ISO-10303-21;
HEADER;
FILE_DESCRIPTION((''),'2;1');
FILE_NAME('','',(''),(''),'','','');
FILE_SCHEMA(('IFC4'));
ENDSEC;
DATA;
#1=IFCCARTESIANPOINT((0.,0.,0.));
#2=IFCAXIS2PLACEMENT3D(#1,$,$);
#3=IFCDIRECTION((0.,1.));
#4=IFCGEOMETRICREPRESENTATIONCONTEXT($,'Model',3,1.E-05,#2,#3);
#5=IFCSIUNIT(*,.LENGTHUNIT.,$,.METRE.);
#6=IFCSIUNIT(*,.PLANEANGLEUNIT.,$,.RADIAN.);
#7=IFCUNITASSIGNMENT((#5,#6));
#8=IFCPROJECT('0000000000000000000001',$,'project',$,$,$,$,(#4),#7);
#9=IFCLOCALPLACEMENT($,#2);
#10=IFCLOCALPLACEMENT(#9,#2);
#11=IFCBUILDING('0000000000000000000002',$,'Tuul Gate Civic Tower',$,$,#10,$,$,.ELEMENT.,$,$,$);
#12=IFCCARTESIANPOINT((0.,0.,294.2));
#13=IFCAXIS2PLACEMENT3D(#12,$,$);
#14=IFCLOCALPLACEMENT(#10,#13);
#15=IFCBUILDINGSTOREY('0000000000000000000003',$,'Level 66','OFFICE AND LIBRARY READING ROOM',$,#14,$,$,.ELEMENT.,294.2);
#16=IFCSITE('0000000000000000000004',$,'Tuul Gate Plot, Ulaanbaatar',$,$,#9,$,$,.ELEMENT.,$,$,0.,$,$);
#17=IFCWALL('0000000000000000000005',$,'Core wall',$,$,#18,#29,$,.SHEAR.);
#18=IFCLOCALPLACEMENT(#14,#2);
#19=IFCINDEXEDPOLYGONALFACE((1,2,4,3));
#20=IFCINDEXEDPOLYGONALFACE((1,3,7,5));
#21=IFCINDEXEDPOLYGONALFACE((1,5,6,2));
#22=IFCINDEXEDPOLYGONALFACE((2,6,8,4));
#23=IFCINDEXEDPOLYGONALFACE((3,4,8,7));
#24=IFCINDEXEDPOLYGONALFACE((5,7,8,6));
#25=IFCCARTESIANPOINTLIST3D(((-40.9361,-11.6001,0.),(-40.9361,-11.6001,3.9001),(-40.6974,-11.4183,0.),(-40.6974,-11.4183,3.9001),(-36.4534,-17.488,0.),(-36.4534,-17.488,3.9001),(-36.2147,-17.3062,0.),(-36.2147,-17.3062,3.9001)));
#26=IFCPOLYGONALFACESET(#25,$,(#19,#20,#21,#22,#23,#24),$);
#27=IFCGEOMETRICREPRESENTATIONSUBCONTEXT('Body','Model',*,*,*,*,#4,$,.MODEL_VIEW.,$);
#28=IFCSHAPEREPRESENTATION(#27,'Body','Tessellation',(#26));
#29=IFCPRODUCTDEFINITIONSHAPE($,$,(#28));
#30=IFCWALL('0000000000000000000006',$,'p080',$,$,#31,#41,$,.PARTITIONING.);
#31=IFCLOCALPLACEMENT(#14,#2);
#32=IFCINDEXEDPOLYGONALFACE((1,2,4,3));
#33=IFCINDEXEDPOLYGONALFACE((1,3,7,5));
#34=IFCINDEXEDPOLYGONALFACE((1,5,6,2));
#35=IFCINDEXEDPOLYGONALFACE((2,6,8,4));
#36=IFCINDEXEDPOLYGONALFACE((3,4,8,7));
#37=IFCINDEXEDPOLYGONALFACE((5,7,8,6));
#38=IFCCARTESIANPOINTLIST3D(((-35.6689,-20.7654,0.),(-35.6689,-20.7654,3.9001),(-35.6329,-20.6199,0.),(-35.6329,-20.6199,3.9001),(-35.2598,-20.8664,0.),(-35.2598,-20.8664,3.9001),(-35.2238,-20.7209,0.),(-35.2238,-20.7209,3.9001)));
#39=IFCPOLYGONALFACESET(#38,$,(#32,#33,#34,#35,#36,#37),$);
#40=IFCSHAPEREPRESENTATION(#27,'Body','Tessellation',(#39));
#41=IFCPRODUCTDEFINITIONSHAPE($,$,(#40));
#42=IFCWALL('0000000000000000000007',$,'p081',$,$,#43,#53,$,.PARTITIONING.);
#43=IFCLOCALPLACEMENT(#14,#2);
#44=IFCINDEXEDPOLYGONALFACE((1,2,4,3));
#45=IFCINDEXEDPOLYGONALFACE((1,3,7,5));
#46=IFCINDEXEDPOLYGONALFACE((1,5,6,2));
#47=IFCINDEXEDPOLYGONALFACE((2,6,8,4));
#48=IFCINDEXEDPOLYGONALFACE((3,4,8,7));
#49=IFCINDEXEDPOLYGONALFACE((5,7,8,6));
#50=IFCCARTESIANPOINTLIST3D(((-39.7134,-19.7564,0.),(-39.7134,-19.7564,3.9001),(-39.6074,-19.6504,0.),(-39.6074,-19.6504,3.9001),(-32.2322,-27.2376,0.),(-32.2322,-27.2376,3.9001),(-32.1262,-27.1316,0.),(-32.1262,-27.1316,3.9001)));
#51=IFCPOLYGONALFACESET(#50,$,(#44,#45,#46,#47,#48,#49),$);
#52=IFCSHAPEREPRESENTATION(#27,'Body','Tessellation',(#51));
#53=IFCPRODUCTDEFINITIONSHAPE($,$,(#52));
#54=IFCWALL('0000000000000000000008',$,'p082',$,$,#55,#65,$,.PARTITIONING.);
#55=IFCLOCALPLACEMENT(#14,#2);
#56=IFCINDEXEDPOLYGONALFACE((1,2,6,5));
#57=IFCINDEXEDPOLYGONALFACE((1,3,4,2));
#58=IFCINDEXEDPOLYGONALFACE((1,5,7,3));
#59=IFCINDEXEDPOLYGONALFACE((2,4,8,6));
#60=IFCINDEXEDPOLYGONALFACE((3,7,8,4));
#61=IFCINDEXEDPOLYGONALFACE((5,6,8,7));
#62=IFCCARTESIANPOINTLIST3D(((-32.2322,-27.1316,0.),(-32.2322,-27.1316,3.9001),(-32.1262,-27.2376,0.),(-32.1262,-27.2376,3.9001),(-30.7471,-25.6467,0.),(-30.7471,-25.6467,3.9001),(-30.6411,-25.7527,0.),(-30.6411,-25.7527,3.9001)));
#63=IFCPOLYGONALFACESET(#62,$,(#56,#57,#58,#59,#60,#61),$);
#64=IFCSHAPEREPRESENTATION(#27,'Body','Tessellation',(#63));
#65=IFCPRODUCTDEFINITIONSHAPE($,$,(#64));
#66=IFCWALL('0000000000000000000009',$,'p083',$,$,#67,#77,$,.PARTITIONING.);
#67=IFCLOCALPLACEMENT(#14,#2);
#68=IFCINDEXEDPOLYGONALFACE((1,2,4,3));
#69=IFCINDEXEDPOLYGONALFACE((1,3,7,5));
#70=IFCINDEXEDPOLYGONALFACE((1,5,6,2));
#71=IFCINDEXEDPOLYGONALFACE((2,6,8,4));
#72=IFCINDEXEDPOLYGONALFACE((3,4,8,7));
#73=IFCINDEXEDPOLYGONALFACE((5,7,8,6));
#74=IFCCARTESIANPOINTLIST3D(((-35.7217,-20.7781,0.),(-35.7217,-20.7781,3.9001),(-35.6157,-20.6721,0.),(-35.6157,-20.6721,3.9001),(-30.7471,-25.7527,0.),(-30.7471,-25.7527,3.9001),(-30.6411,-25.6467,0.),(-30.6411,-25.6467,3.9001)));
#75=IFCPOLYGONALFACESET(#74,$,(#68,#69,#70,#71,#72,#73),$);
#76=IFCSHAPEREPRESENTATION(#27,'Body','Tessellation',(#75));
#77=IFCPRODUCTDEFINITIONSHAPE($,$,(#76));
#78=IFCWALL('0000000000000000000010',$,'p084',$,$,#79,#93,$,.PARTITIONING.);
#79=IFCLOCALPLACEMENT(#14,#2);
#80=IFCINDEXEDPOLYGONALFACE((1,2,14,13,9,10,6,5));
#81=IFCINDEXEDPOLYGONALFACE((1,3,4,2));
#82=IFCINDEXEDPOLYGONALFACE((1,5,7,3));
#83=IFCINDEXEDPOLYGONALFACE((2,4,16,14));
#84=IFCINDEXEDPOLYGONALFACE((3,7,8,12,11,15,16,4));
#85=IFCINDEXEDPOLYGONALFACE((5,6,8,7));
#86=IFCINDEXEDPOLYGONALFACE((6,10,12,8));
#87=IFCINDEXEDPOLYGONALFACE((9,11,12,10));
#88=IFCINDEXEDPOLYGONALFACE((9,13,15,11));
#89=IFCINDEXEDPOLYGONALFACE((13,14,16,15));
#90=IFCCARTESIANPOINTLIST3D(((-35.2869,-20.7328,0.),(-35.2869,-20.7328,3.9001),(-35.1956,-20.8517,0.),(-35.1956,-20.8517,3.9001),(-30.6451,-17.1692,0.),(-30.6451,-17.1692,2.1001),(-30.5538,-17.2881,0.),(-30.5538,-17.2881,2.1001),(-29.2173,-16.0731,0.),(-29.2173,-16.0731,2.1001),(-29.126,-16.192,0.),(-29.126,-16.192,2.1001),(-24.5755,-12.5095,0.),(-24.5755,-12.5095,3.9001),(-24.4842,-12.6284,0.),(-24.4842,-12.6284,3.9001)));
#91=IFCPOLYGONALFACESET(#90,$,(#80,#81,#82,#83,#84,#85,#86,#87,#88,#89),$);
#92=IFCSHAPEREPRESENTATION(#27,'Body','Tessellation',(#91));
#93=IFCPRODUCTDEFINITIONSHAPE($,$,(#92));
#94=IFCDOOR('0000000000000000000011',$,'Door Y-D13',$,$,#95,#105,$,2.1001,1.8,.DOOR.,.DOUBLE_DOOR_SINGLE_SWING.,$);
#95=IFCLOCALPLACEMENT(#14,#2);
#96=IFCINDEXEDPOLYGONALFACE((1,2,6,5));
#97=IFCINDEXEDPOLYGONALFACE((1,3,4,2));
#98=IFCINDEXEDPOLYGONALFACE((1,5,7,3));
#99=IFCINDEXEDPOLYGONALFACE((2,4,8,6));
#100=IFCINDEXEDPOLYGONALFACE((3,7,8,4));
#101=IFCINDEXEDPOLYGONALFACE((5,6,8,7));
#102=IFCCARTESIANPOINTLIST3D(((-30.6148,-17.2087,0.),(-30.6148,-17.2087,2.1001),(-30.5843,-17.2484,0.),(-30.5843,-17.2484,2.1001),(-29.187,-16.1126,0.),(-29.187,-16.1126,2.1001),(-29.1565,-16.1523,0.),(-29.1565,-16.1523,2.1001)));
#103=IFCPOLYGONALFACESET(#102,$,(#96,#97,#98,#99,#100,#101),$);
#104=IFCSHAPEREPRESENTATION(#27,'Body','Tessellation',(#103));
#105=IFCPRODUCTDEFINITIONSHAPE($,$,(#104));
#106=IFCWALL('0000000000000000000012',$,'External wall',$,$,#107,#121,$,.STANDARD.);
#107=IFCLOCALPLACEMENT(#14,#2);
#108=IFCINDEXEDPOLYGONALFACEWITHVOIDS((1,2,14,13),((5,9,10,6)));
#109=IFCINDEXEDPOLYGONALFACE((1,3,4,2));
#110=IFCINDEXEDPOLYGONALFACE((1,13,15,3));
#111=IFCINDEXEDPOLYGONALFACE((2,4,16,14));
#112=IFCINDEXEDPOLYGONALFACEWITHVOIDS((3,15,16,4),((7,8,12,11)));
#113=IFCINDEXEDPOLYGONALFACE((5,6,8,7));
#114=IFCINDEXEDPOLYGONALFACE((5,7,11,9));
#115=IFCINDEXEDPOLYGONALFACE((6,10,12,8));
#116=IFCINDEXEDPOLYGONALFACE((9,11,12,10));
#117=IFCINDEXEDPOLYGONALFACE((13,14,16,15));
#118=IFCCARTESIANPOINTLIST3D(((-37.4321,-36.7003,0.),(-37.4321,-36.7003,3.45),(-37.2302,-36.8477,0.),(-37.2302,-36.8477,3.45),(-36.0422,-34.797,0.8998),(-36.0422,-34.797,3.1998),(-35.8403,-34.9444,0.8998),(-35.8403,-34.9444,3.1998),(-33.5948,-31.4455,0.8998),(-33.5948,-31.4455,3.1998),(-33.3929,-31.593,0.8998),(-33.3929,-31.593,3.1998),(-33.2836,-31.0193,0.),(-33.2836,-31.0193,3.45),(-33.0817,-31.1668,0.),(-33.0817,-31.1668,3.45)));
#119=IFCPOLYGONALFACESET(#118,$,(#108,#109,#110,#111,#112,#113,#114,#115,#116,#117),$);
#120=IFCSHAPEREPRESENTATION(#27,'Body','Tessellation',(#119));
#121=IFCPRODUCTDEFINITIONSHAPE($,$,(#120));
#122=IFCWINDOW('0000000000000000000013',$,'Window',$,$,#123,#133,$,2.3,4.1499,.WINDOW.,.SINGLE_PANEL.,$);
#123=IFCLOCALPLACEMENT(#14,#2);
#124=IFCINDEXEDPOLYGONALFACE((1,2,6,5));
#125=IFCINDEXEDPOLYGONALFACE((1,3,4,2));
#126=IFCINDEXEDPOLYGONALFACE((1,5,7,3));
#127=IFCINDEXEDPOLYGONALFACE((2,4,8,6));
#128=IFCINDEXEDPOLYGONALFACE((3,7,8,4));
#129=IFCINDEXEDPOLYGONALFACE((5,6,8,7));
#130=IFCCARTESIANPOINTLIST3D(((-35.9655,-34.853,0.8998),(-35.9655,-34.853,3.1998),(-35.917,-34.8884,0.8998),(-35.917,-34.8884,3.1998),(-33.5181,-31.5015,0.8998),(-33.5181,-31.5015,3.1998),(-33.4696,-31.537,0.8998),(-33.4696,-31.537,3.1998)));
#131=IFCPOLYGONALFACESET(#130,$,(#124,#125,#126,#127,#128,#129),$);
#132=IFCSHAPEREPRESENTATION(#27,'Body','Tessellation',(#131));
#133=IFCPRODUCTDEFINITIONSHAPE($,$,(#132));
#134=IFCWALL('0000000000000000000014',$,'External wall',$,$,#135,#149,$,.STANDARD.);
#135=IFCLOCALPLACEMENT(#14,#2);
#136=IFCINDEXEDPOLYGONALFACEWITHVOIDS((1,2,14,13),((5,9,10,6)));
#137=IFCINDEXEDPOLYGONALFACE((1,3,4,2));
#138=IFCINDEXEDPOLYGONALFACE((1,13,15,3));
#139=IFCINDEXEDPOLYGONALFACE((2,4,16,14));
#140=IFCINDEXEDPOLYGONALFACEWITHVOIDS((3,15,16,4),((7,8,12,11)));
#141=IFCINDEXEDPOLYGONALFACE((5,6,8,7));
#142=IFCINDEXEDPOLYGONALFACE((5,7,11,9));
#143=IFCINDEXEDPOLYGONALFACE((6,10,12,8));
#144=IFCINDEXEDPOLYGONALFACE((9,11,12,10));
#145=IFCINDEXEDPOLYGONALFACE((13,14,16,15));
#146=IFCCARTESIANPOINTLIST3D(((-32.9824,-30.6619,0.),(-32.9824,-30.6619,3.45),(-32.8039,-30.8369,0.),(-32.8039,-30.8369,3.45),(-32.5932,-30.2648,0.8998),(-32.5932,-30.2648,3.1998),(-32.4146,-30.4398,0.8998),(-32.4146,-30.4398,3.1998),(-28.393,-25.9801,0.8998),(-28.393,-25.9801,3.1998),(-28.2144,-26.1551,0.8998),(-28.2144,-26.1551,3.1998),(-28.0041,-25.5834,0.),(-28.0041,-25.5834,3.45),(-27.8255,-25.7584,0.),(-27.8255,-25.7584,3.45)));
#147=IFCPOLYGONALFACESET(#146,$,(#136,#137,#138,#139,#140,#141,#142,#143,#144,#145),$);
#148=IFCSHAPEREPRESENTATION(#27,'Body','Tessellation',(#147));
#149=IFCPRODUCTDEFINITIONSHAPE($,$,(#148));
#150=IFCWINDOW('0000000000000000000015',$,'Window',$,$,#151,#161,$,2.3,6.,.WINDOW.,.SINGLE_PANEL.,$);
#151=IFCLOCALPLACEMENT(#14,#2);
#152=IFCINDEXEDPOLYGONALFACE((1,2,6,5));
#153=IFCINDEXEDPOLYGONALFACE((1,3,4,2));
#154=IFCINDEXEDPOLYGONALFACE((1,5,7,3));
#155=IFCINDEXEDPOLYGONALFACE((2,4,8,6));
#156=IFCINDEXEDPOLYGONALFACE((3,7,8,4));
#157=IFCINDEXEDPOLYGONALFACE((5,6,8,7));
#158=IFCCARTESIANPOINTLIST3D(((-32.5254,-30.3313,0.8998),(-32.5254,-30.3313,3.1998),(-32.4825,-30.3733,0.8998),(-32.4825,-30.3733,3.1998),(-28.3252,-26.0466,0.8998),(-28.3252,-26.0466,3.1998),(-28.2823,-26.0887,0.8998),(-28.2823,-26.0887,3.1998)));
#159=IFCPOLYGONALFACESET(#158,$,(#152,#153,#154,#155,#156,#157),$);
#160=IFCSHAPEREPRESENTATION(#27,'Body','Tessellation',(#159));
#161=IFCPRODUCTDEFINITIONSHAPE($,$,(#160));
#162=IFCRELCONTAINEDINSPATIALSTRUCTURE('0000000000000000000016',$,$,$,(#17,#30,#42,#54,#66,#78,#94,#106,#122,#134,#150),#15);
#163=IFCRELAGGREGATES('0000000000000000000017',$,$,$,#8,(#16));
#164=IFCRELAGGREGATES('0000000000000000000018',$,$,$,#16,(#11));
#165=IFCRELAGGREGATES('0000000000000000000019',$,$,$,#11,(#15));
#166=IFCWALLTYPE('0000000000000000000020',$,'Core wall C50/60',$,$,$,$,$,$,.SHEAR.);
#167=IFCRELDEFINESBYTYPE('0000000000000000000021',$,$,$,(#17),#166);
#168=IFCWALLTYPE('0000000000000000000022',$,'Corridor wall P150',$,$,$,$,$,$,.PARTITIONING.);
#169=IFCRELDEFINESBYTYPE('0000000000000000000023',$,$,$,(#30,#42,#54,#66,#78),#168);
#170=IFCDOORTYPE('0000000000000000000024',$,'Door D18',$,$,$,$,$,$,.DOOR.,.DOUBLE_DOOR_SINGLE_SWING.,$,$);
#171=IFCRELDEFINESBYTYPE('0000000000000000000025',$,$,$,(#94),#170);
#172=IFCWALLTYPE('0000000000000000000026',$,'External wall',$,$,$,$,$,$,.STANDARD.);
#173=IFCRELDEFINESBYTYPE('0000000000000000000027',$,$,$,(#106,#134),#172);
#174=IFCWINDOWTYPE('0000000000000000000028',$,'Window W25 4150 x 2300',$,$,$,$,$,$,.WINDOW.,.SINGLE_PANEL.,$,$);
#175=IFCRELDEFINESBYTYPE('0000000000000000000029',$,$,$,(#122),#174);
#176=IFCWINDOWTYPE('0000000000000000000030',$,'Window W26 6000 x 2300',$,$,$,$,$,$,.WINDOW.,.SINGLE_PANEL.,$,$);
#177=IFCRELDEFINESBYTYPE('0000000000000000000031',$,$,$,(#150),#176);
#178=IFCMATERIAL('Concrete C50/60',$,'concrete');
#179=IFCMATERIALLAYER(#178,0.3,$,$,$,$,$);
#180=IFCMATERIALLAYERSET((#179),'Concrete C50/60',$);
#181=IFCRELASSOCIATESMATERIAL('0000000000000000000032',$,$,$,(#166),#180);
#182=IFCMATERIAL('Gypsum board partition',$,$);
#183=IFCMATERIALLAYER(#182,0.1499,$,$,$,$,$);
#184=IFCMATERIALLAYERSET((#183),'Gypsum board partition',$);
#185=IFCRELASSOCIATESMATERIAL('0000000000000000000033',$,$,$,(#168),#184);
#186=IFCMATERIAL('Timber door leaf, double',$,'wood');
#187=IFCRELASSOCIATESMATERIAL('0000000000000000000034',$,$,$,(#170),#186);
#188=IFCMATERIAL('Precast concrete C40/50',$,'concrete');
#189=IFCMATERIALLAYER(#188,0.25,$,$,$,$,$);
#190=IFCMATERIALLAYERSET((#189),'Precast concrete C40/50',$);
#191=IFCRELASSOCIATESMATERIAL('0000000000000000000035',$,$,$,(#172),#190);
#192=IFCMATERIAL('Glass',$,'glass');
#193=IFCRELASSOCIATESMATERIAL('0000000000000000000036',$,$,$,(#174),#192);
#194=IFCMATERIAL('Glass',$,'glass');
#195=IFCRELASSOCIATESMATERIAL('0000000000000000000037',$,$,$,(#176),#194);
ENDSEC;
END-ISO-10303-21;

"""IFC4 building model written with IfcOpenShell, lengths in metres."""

from ifc_helpers import new_model, si_unit, direction, frame, frame_2d, origin, place, context, subcontext, project, spatial, rectangle, extrude, material, layer, layer_set, type_object, element, fill, save


model = new_model("IFC4")

# Units and contexts
model_context = context("Model", 3, precision=1e-05, world=origin(), true_north=direction((0.0, 1.0)))
body_context = subcontext(model_context, "Body", "Model", "MODEL_VIEW")
ifc_project = project(units=[si_unit("LENGTHUNIT", "METRE"), si_unit("PLANEANGLEUNIT", "RADIAN")], contexts=[model_context])

# Site, building, storey
site_placement = place(None, origin())
site = spatial("IfcSite", under=ifc_project, at=site_placement, Name="Tuul Gate Plot, Ulaanbaatar", CompositionType="ELEMENT", RefElevation=0.0)
building_placement = place(site_placement, origin())
building = spatial("IfcBuilding", under=site, at=building_placement, Name="Tuul Gate Civic Tower", CompositionType="ELEMENT")
storey_placement = place(building_placement, frame((0.0, 0.0, 294.2)))
storey = spatial("IfcBuildingStorey", under=building, at=storey_placement, Name="Level 66", Description="OFFICE AND LIBRARY READING ROOM", CompositionType="ELEMENT", Elevation=294.2)

# Walls
ifc_material_1 = material(Name="Concrete C50/60", Category="concrete")
ifc_layer_1 = layer(ifc_material_1, 0.3)
ifc_layer_set_1 = layer_set([ifc_layer_1], Name="Concrete C50/60")
wall_type_1 = type_object("IfcWallType", Name="Core wall C50/60", PredefinedType="SHEAR", material=ifc_layer_set_1)
wall_1_placement = place(storey_placement, frame((-36.334, -17.3972, 0.0), z_axis=(0.0, 0.0, 1.0), x_axis=(-0.605754, 0.795652, 0.0)))
element("IfcWall", 1, at=wall_1_placement, inside=storey, type_object=wall_type_1, Name="Core wall", PredefinedType="SHEAR", context=body_context, shape_type="SweptSolid", body=[
    extrude(rectangle(XDim=7.4001, YDim=0.3, at=frame_2d((3.7002, 0.0))), origin(), (0.0, 0.0, 1.0), 3.9001),
])
ifc_material_2 = material(Name="Gypsum board partition")
ifc_layer_2 = layer(ifc_material_2, 0.1499)
ifc_layer_set_2 = layer_set([ifc_layer_2], Name="Gypsum board partition")
wall_type_2 = type_object("IfcWallType", Name="Corridor wall P150", PredefinedType="PARTITIONING", material=ifc_layer_set_2)
wall_2_placement = place(storey_placement, frame((-35.6509, -20.6926, 0.0), z_axis=(0.0, 0.0, 1.0), x_axis=(0.97082, -0.239809, 0.0)))
element("IfcWall", 2, at=wall_2_placement, inside=storey, type_object=wall_type_2, Name="p080", PredefinedType="PARTITIONING", context=body_context, shape_type="SweptSolid", body=[
    extrude(rectangle(XDim=0.4214, YDim=0.1499, at=frame_2d((0.2107, 0.0))), origin(), (0.0, 0.0, 1.0), 3.9001),
])
wall_3_placement = place(storey_placement, frame((-39.6604, -19.7034, 0.0), z_axis=(0.0, 0.0, 1.0), x_axis=(0.707107, -0.707107, 0.0)))
element("IfcWall", 3, at=wall_3_placement, inside=storey, type_object=wall_type_2, Name="p081", PredefinedType="PARTITIONING", context=body_context, shape_type="SweptSolid", body=[
    extrude(rectangle(XDim=10.5801, YDim=0.1499, at=frame_2d((5.29, 0.0))), origin(), (0.0, 0.0, 1.0), 3.9001),
])
wall_4_placement = place(storey_placement, frame((-32.1792, -27.1846, 0.0), z_axis=(0.0, 0.0, 1.0), x_axis=(0.707165, 0.707049, 0.0)))
element("IfcWall", 4, at=wall_4_placement, inside=storey, type_object=wall_type_2, Name="p082", PredefinedType="PARTITIONING", context=body_context, shape_type="SweptSolid", body=[
    extrude(rectangle(XDim=2.1001, YDim=0.1499, at=frame_2d((1.05, 0.0))), origin(), (0.0, 0.0, 1.0), 3.9001),
])
wall_5_placement = place(storey_placement, frame((-35.6687, -20.7251, 0.0), z_axis=(0.0, 0.0, 1.0), x_axis=(0.707107, -0.707107, 0.0)))
element("IfcWall", 5, at=wall_5_placement, inside=storey, type_object=wall_type_2, Name="p083", PredefinedType="PARTITIONING", context=body_context, shape_type="SweptSolid", body=[
    extrude(rectangle(XDim=7.0352, YDim=0.1499, at=frame_2d((3.5176, 0.0))), origin(), (0.0, 0.0, 1.0), 3.9001),
])

# Wall, opening, door
wall_6_placement = place(storey_placement, frame((-35.2412, -20.7922, 0.0), z_axis=(0.0, 0.0, 1.0), x_axis=(0.793202, 0.608958, 0.0)))
wall_6 = element("IfcWall", 6, at=wall_6_placement, inside=storey, type_object=wall_type_2, Name="p084", PredefinedType="PARTITIONING", context=body_context, shape_type="SweptSolid", body=[
    extrude(rectangle(XDim=13.5039, YDim=0.1499, at=frame_2d((6.752, 0.0))), origin(), (0.0, 0.0, 1.0), 3.9001),
])
opening_1_placement = place(wall_6_placement, frame((5.8521, 0.0, 0.0)))
opening_1 = element("IfcOpeningElement", 7, at=opening_1_placement, cuts=wall_6, PredefinedType="OPENING", context=body_context, shape_type="SweptSolid", body=[
    extrude(rectangle(XDim=1.8, YDim=2.1001, at=frame_2d((0.8999, 1.05))), frame((0.0, 0.085, 0.0), z_axis=(0.0, -1.0, 0.0), x_axis=(1.0, 0.0, 0.0)), (0.0, 0.0, 1.0), 0.1699),
])
ifc_material_3 = material(Name="Timber door leaf, double", Category="wood")
door_type = type_object("IfcDoorType", Name="Door D18", OperationType="DOUBLE_DOOR_SINGLE_SWING", PredefinedType="DOOR", material=ifc_material_3)
door_placement = place(opening_1_placement, frame((1.8, 0.0, 0.0), z_axis=(0.0, 0.0, 1.0), x_axis=(-1.0, 0.0, 0.0)))
door = element("IfcDoor", 8, at=door_placement, inside=storey, type_object=door_type, Name="Door Y-D13", OperationType="DOUBLE_DOOR_SINGLE_SWING", OverallHeight=2.1001, OverallWidth=1.8, PredefinedType="DOOR", context=body_context, shape_type="SweptSolid", body=[
    extrude(rectangle(XDim=1.8, YDim=2.1001, at=frame_2d((0.9001, 1.05))), frame((0.0, 0.0249, 0.0), z_axis=(0.0, -1.0, 0.0), x_axis=(1.0, 0.0, 0.0)), (0.0, 0.0, 1.0), 0.05),
])
fill(opening_1, door)

# Walls, openings, windows
ifc_material_4 = material(Name="Precast concrete C40/50", Category="concrete")
ifc_layer_3 = layer(ifc_material_4, 0.25)
ifc_layer_set_3 = layer_set([ifc_layer_3], Name="Precast concrete C40/50")
wall_type_3 = type_object("IfcWallType", Name="External wall", PredefinedType="STANDARD", material=ifc_layer_set_3)
wall_7_placement = place(storey_placement, frame((-37.3311, -36.7739, 0.0), z_axis=(0.0, 0.0, 1.0), x_axis=(0.589739, 0.807594, 0.0)))
wall_7 = element("IfcWall", 9, at=wall_7_placement, inside=storey, type_object=wall_type_3, Name="External wall", PredefinedType="STANDARD", context=body_context, shape_type="SweptSolid", body=[
    extrude(rectangle(XDim=7.0344, YDim=0.25, at=frame_2d((3.5171, 0.0))), origin(), (0.0, 0.0, 1.0), 3.45),
])
opening_2_placement = place(wall_7_placement, frame((2.3567, 0.0, 0.8999)))
opening_2 = element("IfcOpeningElement", 10, at=opening_2_placement, cuts=wall_7, PredefinedType="OPENING", context=body_context, shape_type="SweptSolid", body=[
    extrude(rectangle(XDim=4.1499, YDim=2.3, at=frame_2d((2.075, 1.1499))), frame((0.0, 0.135, 0.0), z_axis=(0.0, -1.0, 0.0), x_axis=(1.0, 0.0, 0.0)), (0.0, 0.0, 1.0), 0.27),
])
ifc_material_5 = material(Name="Glass", Category="glass")
window_type_1 = type_object("IfcWindowType", Name="Window W25 4150 x 2300", PartitioningType="SINGLE_PANEL", PredefinedType="WINDOW", material=ifc_material_5)
window_1_placement = place(opening_2_placement, origin())
window_1 = element("IfcWindow", 11, at=window_1_placement, inside=storey, type_object=window_type_1, Name="Window", OverallHeight=2.3, OverallWidth=4.1499, PartitioningType="SINGLE_PANEL", PredefinedType="WINDOW", context=body_context, shape_type="SweptSolid", body=[
    extrude(rectangle(XDim=4.1499, YDim=2.3, at=frame_2d((2.075, 1.1499))), frame((0.0, 0.03, 0.0), z_axis=(0.0, -1.0, 0.0), x_axis=(1.0, 0.0, 0.0)), (0.0, 0.0, 1.0), 0.0601),
])
fill(opening_2, window_1)
wall_8_placement = place(storey_placement, frame((-32.8931, -30.7493, 0.0), z_axis=(0.0, 0.0, 1.0), x_axis=(0.700034, 0.71411, 0.0)))
wall_8 = element("IfcWall", 12, at=wall_8_placement, inside=storey, type_object=wall_type_3, Name="External wall", PredefinedType="STANDARD", context=body_context, shape_type="SweptSolid", body=[
    extrude(rectangle(XDim=7.1116, YDim=0.25, at=frame_2d((3.5557, 0.0))), origin(), (0.0, 0.0, 1.0), 3.45),
])
opening_3_placement = place(wall_8_placement, frame((0.5559, 0.0, 0.8999)))
opening_3 = element("IfcOpeningElement", 13, at=opening_3_placement, cuts=wall_8, PredefinedType="OPENING", context=body_context, shape_type="SweptSolid", body=[
    extrude(rectangle(XDim=6.0, YDim=2.3, at=frame_2d((3.0, 1.1499))), frame((0.0, 0.135, 0.0), z_axis=(0.0, -1.0, 0.0), x_axis=(1.0, 0.0, 0.0)), (0.0, 0.0, 1.0), 0.27),
])
ifc_material_6 = material(Name="Glass", Category="glass")
window_type_2 = type_object("IfcWindowType", Name="Window W26 6000 x 2300", PartitioningType="SINGLE_PANEL", PredefinedType="WINDOW", material=ifc_material_6)
window_2_placement = place(opening_3_placement, origin())
window_2 = element("IfcWindow", 14, at=window_2_placement, inside=storey, type_object=window_type_2, Name="Window", OverallHeight=2.3, OverallWidth=6.0, PartitioningType="SINGLE_PANEL", PredefinedType="WINDOW", context=body_context, shape_type="SweptSolid", body=[
    extrude(rectangle(XDim=6.0, YDim=2.3, at=frame_2d((3.0, 1.1499))), frame((0.0, 0.03, 0.0), z_axis=(0.0, -1.0, 0.0), x_axis=(1.0, 0.0, 0.0)), (0.0, 0.0, 1.0), 0.0601),
])
fill(opening_3, window_2)

save(model, "model.ifc")
